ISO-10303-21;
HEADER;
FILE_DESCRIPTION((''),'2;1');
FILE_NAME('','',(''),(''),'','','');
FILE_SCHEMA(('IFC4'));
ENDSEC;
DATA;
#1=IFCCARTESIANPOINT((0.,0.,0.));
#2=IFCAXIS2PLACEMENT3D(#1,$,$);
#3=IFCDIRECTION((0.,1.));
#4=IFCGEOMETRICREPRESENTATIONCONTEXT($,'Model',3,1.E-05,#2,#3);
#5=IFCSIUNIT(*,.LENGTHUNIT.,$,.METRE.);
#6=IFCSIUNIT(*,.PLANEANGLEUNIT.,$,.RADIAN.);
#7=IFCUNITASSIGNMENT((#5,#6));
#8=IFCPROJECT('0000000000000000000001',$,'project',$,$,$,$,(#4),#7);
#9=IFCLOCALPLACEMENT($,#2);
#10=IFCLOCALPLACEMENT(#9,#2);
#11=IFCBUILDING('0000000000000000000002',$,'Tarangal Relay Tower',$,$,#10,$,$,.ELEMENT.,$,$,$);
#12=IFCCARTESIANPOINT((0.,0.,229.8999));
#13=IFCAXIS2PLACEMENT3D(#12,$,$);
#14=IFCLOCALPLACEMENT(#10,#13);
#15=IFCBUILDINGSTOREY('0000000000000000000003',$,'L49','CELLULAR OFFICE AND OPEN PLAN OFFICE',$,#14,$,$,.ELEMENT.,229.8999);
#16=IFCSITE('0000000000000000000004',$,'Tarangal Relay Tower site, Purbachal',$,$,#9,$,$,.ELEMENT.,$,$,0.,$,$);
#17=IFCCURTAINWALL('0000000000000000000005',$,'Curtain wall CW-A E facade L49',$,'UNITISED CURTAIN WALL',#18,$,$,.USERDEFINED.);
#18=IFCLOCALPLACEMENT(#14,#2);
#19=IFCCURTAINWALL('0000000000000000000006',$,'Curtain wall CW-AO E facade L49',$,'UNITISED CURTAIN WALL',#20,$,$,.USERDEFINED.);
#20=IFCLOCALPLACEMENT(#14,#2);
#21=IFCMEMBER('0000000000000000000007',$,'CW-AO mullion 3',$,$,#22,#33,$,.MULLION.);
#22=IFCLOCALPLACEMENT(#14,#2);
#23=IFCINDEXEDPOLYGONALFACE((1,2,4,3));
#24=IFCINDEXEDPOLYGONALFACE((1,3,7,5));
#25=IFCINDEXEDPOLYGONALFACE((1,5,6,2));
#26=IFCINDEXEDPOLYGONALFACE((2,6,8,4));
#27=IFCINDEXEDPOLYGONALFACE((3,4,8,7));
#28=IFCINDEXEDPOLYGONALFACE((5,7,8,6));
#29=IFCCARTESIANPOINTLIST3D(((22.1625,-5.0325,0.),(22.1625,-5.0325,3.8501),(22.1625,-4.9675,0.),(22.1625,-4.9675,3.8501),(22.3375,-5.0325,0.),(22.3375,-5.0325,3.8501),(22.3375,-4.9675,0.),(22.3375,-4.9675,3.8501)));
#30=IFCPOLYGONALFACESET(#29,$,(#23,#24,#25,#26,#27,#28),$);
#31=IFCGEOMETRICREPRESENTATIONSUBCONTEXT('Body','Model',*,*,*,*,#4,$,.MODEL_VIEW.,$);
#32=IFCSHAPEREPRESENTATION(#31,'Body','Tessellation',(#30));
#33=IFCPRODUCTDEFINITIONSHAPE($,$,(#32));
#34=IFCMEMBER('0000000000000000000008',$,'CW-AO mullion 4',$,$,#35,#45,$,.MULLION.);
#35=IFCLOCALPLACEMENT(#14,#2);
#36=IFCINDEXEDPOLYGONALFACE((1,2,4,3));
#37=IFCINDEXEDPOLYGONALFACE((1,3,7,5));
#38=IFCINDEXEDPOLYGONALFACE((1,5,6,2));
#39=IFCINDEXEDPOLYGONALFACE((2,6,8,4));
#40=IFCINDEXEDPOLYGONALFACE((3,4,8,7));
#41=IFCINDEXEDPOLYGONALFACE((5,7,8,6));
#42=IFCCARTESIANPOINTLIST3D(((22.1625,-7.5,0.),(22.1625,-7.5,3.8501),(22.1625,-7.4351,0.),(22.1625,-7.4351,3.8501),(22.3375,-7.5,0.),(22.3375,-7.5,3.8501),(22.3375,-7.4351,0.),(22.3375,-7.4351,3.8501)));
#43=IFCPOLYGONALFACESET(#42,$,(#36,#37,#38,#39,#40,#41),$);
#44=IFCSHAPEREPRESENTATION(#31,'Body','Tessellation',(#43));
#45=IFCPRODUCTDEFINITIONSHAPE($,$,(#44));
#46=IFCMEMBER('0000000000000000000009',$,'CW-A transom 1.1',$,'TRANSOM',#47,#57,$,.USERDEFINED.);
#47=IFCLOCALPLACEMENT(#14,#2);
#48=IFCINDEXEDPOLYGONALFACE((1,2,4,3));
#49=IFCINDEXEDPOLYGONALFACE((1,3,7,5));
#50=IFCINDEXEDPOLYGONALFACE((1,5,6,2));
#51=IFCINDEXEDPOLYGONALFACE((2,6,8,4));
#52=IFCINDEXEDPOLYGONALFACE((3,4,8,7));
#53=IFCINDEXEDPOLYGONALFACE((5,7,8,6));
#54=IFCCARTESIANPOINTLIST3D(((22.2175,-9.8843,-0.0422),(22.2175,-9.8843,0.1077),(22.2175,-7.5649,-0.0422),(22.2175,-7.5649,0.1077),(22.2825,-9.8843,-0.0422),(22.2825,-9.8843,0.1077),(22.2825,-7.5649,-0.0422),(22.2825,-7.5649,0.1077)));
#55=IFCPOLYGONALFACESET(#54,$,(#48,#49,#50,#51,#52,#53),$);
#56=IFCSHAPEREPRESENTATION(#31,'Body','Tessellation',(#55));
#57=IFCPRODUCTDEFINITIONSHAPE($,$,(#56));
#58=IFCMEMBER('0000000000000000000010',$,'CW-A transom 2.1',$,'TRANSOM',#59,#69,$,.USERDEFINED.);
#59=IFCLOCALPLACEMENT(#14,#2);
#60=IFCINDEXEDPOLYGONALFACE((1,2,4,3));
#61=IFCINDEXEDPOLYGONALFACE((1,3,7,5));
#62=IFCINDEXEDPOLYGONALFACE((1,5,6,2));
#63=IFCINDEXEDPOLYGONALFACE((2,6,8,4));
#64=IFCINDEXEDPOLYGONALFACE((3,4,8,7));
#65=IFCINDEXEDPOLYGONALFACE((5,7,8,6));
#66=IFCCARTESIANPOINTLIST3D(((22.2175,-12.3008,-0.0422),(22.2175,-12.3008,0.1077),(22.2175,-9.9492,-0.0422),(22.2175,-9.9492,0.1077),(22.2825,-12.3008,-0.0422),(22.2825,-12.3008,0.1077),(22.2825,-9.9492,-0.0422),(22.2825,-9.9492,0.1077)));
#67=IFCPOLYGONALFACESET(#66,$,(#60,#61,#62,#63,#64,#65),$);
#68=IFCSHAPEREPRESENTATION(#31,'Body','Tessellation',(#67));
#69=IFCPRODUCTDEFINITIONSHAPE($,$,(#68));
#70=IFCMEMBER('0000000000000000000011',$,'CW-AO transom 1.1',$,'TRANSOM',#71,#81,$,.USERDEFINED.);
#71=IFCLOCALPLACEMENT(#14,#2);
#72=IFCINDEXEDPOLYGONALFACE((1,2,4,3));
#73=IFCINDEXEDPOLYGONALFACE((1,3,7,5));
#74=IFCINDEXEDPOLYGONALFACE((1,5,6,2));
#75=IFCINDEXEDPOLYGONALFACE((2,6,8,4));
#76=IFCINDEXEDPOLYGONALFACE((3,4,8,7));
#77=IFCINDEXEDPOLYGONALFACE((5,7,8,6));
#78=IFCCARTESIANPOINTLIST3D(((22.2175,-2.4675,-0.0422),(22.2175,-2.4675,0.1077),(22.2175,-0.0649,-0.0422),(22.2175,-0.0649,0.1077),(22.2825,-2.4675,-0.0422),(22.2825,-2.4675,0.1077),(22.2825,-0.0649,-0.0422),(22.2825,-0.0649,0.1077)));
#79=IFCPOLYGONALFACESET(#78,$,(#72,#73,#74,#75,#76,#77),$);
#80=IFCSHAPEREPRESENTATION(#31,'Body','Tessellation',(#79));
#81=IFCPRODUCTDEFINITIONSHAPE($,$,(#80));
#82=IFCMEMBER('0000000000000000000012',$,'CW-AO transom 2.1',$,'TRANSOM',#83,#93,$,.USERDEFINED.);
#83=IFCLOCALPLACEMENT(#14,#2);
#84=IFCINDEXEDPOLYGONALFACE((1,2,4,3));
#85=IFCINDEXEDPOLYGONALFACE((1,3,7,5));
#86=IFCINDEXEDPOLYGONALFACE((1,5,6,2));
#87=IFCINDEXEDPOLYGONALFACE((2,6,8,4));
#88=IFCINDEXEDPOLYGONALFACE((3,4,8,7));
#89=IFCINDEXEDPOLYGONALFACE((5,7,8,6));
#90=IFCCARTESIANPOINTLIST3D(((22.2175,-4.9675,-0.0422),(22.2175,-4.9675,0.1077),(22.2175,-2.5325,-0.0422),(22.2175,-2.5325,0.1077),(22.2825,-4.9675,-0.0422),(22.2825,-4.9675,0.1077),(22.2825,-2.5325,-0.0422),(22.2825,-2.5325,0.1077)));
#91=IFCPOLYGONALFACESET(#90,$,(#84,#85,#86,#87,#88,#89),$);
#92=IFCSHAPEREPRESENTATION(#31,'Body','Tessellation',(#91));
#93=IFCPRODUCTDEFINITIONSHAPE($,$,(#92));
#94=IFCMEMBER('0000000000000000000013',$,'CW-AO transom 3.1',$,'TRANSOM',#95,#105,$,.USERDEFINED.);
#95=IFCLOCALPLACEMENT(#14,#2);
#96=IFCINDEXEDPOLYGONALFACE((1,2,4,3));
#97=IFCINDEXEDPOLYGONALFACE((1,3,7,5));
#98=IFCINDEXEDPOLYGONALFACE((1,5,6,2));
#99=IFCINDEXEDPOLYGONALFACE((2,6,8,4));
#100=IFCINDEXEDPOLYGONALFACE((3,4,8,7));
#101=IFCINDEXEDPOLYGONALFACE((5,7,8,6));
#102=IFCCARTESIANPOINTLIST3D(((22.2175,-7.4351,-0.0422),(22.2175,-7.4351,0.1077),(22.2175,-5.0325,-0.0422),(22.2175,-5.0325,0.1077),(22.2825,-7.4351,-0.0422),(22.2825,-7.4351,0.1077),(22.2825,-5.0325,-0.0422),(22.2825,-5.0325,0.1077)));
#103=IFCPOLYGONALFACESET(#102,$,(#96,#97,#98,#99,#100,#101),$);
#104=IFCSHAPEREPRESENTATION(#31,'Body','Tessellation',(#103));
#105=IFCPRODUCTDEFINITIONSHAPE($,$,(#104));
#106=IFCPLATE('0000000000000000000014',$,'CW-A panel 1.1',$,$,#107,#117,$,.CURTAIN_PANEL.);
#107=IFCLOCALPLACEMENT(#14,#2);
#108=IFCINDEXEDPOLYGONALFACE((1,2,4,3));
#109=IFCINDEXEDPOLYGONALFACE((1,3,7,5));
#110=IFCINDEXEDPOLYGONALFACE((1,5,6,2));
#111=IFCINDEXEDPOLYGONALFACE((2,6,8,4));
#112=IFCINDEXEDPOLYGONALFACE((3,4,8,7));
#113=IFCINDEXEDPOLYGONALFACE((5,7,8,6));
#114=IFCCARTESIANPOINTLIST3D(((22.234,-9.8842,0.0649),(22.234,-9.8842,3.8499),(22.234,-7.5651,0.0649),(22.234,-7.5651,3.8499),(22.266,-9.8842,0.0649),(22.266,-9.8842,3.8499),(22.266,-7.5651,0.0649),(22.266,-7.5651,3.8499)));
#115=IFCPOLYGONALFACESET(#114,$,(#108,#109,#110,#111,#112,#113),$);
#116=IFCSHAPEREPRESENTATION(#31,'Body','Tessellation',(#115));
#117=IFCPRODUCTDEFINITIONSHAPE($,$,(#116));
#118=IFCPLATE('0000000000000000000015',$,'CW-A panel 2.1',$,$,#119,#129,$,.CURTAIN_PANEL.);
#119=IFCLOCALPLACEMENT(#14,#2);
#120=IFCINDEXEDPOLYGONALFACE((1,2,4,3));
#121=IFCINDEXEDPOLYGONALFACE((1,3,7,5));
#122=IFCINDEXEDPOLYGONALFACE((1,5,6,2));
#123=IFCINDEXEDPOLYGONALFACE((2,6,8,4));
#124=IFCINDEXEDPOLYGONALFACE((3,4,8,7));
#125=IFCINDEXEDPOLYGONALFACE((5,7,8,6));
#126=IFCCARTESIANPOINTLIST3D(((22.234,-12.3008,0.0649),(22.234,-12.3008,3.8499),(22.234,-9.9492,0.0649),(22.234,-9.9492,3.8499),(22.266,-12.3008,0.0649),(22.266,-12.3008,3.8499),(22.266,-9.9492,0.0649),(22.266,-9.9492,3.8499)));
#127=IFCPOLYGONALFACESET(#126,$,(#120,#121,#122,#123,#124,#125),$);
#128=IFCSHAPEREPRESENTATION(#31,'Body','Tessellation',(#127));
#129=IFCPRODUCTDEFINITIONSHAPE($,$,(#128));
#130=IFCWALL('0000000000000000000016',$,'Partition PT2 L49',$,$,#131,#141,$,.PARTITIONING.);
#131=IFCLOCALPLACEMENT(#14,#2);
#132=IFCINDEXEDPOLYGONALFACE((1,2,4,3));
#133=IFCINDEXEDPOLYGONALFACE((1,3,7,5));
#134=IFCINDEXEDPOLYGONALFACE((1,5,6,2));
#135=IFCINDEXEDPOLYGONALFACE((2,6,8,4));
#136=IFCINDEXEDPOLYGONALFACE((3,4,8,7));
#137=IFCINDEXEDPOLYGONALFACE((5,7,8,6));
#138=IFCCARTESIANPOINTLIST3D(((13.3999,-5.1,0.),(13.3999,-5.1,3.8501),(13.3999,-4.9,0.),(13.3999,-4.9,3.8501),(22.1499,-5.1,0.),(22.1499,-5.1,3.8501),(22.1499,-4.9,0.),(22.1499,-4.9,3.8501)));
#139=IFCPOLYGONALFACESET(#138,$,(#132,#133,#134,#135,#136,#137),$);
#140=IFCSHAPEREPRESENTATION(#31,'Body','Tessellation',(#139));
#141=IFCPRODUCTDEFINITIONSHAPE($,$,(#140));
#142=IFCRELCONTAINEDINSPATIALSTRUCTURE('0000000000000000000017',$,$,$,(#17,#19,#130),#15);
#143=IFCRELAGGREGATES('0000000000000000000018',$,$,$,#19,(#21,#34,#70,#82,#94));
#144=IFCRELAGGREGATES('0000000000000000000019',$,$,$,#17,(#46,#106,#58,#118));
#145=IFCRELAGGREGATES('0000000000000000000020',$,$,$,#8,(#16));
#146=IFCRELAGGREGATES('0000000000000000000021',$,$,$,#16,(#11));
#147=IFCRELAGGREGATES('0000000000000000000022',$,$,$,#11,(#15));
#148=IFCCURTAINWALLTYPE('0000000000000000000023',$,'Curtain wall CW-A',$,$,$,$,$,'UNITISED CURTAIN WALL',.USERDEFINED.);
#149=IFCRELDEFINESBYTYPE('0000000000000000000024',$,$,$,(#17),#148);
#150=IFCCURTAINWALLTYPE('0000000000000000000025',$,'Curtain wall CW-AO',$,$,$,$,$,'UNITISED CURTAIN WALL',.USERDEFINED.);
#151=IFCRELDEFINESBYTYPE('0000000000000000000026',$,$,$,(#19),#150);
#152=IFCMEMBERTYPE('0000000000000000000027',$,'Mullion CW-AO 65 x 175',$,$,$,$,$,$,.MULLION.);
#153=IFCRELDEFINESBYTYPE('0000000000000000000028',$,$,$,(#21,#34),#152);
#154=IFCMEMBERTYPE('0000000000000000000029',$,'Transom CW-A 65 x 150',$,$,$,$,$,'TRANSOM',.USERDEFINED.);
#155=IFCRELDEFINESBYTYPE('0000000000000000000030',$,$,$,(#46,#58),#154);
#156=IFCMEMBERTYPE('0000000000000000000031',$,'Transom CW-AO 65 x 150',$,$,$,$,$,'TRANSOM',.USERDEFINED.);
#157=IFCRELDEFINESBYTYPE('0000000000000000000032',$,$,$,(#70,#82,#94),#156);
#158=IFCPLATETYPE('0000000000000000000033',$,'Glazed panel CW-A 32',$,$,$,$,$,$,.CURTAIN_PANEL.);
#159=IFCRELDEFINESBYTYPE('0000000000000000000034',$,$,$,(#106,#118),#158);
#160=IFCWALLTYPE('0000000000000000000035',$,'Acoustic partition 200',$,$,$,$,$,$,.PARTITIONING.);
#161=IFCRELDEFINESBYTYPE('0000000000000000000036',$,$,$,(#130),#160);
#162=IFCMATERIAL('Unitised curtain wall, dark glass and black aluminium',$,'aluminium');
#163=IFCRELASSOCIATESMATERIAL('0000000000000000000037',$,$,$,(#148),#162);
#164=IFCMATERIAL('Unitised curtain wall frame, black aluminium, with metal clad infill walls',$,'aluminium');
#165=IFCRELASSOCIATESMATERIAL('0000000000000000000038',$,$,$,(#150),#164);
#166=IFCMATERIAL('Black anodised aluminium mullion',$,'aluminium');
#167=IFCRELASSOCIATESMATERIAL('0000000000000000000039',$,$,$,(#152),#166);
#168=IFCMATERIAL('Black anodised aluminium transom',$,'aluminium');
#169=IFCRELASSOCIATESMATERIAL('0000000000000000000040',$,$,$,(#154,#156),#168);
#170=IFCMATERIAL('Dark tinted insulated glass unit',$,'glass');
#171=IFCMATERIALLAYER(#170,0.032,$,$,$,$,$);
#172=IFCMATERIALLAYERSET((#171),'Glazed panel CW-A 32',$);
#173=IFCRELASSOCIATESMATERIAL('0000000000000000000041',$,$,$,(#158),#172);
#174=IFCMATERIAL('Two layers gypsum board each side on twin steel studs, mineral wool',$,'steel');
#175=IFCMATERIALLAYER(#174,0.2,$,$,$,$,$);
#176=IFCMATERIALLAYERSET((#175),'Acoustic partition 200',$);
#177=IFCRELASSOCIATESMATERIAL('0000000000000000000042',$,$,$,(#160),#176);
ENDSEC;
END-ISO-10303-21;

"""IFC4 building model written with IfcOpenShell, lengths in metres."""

from ifc_helpers import new_model, si_unit, direction, frame, frame_2d, origin, origin_2d, place, context, subcontext, project, spatial, rectangle, extrude, material, layer, layer_set, material_profile, profile_set, type_object, element, aggregate, save


model = new_model("IFC4")

# Units and contexts
model_context = context("Model", 3, precision=1e-05, world=origin(), true_north=direction((0.0, 1.0)))
body_context = subcontext(model_context, "Body", "Model", "MODEL_VIEW")
ifc_project = project(units=[si_unit("LENGTHUNIT", "METRE"), si_unit("PLANEANGLEUNIT", "RADIAN")], contexts=[model_context])

# Site, building, storey
site_placement = place(None, origin())
site = spatial("IfcSite", under=ifc_project, at=site_placement, Name="Tarangal Relay Tower site, Purbachal", CompositionType="ELEMENT", RefElevation=0.0)
building_placement = place(site_placement, origin())
building = spatial("IfcBuilding", under=site, at=building_placement, Name="Tarangal Relay Tower", CompositionType="ELEMENT")
storey_placement = place(building_placement, frame((0.0, 0.0, 229.8999)))
storey = spatial("IfcBuildingStorey", under=building, at=storey_placement, Name="L49", Description="CELLULAR OFFICE AND OPEN PLAN OFFICE", CompositionType="ELEMENT", Elevation=229.8999)

# Curtain walls, members
ifc_material_1 = material(Name="Unitised curtain wall, dark glass and black aluminium", Category="aluminium")
curtain_wall_type_1 = type_object("IfcCurtainWallType", Name="Curtain wall CW-A", ElementType="UNITISED CURTAIN WALL", PredefinedType="USERDEFINED", material=ifc_material_1)
curtain_wall_1_placement = place(storey_placement, origin())
curtain_wall_1 = element("IfcCurtainWall", 1, at=curtain_wall_1_placement, inside=storey, type_object=curtain_wall_type_1, Name="Curtain wall CW-A E facade L49", ObjectType="UNITISED CURTAIN WALL", PredefinedType="USERDEFINED")
ifc_material_2 = material(Name="Black anodised aluminium mullion", Category="aluminium")
ifc_material_3 = material(Name="Unitised curtain wall frame, black aluminium, with metal clad infill walls", Category="aluminium")
curtain_wall_type_2 = type_object("IfcCurtainWallType", Name="Curtain wall CW-AO", ElementType="UNITISED CURTAIN WALL", PredefinedType="USERDEFINED", material=ifc_material_3)
curtain_wall_2_placement = place(storey_placement, origin())
curtain_wall_2 = element("IfcCurtainWall", 2, at=curtain_wall_2_placement, inside=storey, type_object=curtain_wall_type_2, Name="Curtain wall CW-AO E facade L49", ObjectType="UNITISED CURTAIN WALL", PredefinedType="USERDEFINED")
ifc_material_profile_1 = material_profile(ifc_material_2, rectangle(XDim=0.175, YDim=0.0649, at=origin_2d()), Name="CW-AOM 65X175")
ifc_profile_set_1 = profile_set([ifc_material_profile_1], Name="Black anodised aluminium mullion")
member_type_1 = type_object("IfcMemberType", Name="Mullion CW-AO 65 x 175", PredefinedType="MULLION", material=ifc_profile_set_1)
member_1_placement = place(storey_placement, frame((22.25, -5.0, 0.0), z_axis=(0.0, 0.0, 1.0), x_axis=(1.0, 0.0, 0.0)))
member_1 = element("IfcMember", 3, at=member_1_placement, type_object=member_type_1, Name="CW-AO mullion 3", PredefinedType="MULLION", context=body_context, shape_type="SweptSolid", body=[
    extrude(rectangle(XDim=0.175, YDim=0.0649, at=origin_2d()), origin(), (0.0, 0.0, 1.0), 3.8501),
])
member_2_placement = place(storey_placement, frame((22.25, -7.4675, 0.0), z_axis=(0.0, 0.0, 1.0), x_axis=(1.0, 0.0, 0.0)))
member_2 = element("IfcMember", 4, at=member_2_placement, type_object=member_type_1, Name="CW-AO mullion 4", PredefinedType="MULLION", context=body_context, shape_type="SweptSolid", body=[
    extrude(rectangle(XDim=0.175, YDim=0.0649, at=origin_2d()), origin(), (0.0, 0.0, 1.0), 3.8501),
])

# Members
ifc_material_4 = material(Name="Black anodised aluminium transom", Category="aluminium")
ifc_material_profile_2 = material_profile(ifc_material_4, rectangle(XDim=0.0649, YDim=0.1499, at=origin_2d()), Name="CW-AT 65X150")
ifc_profile_set_2 = profile_set([ifc_material_profile_2], Name="Black anodised aluminium transom")
member_type_2 = type_object("IfcMemberType", Name="Transom CW-A 65 x 150", ElementType="TRANSOM", PredefinedType="USERDEFINED", material=ifc_profile_set_2)
member_3_placement = place(storey_placement, frame((22.25, -7.5649, 0.0327), z_axis=(0.0, -1.0, 0.0), x_axis=(1.0, 0.0, 0.0)))
member_3 = element("IfcMember", 5, at=member_3_placement, type_object=member_type_2, Name="CW-A transom 1.1", ObjectType="TRANSOM", PredefinedType="USERDEFINED", context=body_context, shape_type="SweptSolid", body=[
    extrude(rectangle(XDim=0.0649, YDim=0.1499, at=origin_2d()), origin(), (0.0, 0.0, 1.0), 2.3193),
])
member_4_placement = place(storey_placement, frame((22.25, -9.9492, 0.0327), z_axis=(0.0, -1.0, 0.0), x_axis=(1.0, 0.0, 0.0)))
member_4 = element("IfcMember", 6, at=member_4_placement, type_object=member_type_2, Name="CW-A transom 2.1", ObjectType="TRANSOM", PredefinedType="USERDEFINED", context=body_context, shape_type="SweptSolid", body=[
    extrude(rectangle(XDim=0.0649, YDim=0.1499, at=origin_2d()), origin(), (0.0, 0.0, 1.0), 2.3516),
])
ifc_material_profile_3 = material_profile(ifc_material_4, rectangle(XDim=0.0649, YDim=0.1499, at=origin_2d()), Name="CW-AOT 65X150")
ifc_profile_set_3 = profile_set([ifc_material_profile_3], Name="Black anodised aluminium transom")
member_type_3 = type_object("IfcMemberType", Name="Transom CW-AO 65 x 150", ElementType="TRANSOM", PredefinedType="USERDEFINED", material=ifc_profile_set_3)
member_5_placement = place(storey_placement, frame((22.25, -0.0649, 0.0327), z_axis=(0.0, -1.0, 0.0), x_axis=(1.0, 0.0, 0.0)))
member_5 = element("IfcMember", 7, at=member_5_placement, type_object=member_type_3, Name="CW-AO transom 1.1", ObjectType="TRANSOM", PredefinedType="USERDEFINED", context=body_context, shape_type="SweptSolid", body=[
    extrude(rectangle(XDim=0.0649, YDim=0.1499, at=origin_2d()), origin(), (0.0, 0.0, 1.0), 2.4026),
])
member_6_placement = place(storey_placement, frame((22.25, -2.5325, 0.0327), z_axis=(0.0, -1.0, 0.0), x_axis=(1.0, 0.0, 0.0)))
member_6 = element("IfcMember", 8, at=member_6_placement, type_object=member_type_3, Name="CW-AO transom 2.1", ObjectType="TRANSOM", PredefinedType="USERDEFINED", context=body_context, shape_type="SweptSolid", body=[
    extrude(rectangle(XDim=0.0649, YDim=0.1499, at=origin_2d()), origin(), (0.0, 0.0, 1.0), 2.4351),
])
member_7_placement = place(storey_placement, frame((22.25, -5.0325, 0.0327), z_axis=(0.0, -1.0, 0.0), x_axis=(1.0, 0.0, 0.0)))
member_7 = element("IfcMember", 9, at=member_7_placement, type_object=member_type_3, Name="CW-AO transom 3.1", ObjectType="TRANSOM", PredefinedType="USERDEFINED", context=body_context, shape_type="SweptSolid", body=[
    extrude(rectangle(XDim=0.0649, YDim=0.1499, at=origin_2d()), origin(), (0.0, 0.0, 1.0), 2.4026),
])
aggregate(curtain_wall_2, [member_1, member_2, member_5, member_6, member_7])

# Plates
ifc_material_5 = material(Name="Dark tinted insulated glass unit", Category="glass")
ifc_layer_1 = layer(ifc_material_5, 0.032)
ifc_layer_set_1 = layer_set([ifc_layer_1], Name="Glazed panel CW-A 32")
plate_type = type_object("IfcPlateType", Name="Glazed panel CW-A 32", PredefinedType="CURTAIN_PANEL", material=ifc_layer_set_1)
plate_1_placement = place(storey_placement, frame((22.25, -8.7246, 0.0649), z_axis=(0.0, 0.0, 1.0), x_axis=(0.0, -1.0, 0.0)))
plate_1 = element("IfcPlate", 10, at=plate_1_placement, type_object=plate_type, Name="CW-A panel 1.1", PredefinedType="CURTAIN_PANEL", context=body_context, shape_type="SweptSolid", body=[
    extrude(rectangle(XDim=2.3191, YDim=0.032, at=origin_2d()), origin(), (0.0, 0.0, 1.0), 3.7849),
])
plate_2_placement = place(storey_placement, frame((22.25, -11.125, 0.0649), z_axis=(0.0, 0.0, 1.0), x_axis=(0.0, -1.0, 0.0)))
plate_2 = element("IfcPlate", 11, at=plate_2_placement, type_object=plate_type, Name="CW-A panel 2.1", PredefinedType="CURTAIN_PANEL", context=body_context, shape_type="SweptSolid", body=[
    extrude(rectangle(XDim=2.3516, YDim=0.032, at=origin_2d()), origin(), (0.0, 0.0, 1.0), 3.7849),
])
aggregate(curtain_wall_1, [member_3, plate_1, member_4, plate_2])

# Wall
ifc_material_6 = material(Name="Two layers gypsum board each side on twin steel studs, mineral wool", Category="steel")
ifc_layer_2 = layer(ifc_material_6, 0.2)
ifc_layer_set_2 = layer_set([ifc_layer_2], Name="Acoustic partition 200")
wall_type_1 = type_object("IfcWallType", Name="Acoustic partition 200", PredefinedType="PARTITIONING", material=ifc_layer_set_2)
wall_1_placement = place(storey_placement, frame((13.3999, -5.0, 0.0), z_axis=(0.0, 0.0, 1.0), x_axis=(1.0, 0.0, 0.0)))
element("IfcWall", 12, at=wall_1_placement, inside=storey, type_object=wall_type_1, Name="Partition PT2 L49", PredefinedType="PARTITIONING", context=body_context, shape_type="SweptSolid", body=[
    extrude(rectangle(XDim=8.75, YDim=0.2, at=frame_2d((4.375, 0.0))), origin(), (0.0, 0.0, 1.0), 3.8501),
])

save(model, "model.ifc")
